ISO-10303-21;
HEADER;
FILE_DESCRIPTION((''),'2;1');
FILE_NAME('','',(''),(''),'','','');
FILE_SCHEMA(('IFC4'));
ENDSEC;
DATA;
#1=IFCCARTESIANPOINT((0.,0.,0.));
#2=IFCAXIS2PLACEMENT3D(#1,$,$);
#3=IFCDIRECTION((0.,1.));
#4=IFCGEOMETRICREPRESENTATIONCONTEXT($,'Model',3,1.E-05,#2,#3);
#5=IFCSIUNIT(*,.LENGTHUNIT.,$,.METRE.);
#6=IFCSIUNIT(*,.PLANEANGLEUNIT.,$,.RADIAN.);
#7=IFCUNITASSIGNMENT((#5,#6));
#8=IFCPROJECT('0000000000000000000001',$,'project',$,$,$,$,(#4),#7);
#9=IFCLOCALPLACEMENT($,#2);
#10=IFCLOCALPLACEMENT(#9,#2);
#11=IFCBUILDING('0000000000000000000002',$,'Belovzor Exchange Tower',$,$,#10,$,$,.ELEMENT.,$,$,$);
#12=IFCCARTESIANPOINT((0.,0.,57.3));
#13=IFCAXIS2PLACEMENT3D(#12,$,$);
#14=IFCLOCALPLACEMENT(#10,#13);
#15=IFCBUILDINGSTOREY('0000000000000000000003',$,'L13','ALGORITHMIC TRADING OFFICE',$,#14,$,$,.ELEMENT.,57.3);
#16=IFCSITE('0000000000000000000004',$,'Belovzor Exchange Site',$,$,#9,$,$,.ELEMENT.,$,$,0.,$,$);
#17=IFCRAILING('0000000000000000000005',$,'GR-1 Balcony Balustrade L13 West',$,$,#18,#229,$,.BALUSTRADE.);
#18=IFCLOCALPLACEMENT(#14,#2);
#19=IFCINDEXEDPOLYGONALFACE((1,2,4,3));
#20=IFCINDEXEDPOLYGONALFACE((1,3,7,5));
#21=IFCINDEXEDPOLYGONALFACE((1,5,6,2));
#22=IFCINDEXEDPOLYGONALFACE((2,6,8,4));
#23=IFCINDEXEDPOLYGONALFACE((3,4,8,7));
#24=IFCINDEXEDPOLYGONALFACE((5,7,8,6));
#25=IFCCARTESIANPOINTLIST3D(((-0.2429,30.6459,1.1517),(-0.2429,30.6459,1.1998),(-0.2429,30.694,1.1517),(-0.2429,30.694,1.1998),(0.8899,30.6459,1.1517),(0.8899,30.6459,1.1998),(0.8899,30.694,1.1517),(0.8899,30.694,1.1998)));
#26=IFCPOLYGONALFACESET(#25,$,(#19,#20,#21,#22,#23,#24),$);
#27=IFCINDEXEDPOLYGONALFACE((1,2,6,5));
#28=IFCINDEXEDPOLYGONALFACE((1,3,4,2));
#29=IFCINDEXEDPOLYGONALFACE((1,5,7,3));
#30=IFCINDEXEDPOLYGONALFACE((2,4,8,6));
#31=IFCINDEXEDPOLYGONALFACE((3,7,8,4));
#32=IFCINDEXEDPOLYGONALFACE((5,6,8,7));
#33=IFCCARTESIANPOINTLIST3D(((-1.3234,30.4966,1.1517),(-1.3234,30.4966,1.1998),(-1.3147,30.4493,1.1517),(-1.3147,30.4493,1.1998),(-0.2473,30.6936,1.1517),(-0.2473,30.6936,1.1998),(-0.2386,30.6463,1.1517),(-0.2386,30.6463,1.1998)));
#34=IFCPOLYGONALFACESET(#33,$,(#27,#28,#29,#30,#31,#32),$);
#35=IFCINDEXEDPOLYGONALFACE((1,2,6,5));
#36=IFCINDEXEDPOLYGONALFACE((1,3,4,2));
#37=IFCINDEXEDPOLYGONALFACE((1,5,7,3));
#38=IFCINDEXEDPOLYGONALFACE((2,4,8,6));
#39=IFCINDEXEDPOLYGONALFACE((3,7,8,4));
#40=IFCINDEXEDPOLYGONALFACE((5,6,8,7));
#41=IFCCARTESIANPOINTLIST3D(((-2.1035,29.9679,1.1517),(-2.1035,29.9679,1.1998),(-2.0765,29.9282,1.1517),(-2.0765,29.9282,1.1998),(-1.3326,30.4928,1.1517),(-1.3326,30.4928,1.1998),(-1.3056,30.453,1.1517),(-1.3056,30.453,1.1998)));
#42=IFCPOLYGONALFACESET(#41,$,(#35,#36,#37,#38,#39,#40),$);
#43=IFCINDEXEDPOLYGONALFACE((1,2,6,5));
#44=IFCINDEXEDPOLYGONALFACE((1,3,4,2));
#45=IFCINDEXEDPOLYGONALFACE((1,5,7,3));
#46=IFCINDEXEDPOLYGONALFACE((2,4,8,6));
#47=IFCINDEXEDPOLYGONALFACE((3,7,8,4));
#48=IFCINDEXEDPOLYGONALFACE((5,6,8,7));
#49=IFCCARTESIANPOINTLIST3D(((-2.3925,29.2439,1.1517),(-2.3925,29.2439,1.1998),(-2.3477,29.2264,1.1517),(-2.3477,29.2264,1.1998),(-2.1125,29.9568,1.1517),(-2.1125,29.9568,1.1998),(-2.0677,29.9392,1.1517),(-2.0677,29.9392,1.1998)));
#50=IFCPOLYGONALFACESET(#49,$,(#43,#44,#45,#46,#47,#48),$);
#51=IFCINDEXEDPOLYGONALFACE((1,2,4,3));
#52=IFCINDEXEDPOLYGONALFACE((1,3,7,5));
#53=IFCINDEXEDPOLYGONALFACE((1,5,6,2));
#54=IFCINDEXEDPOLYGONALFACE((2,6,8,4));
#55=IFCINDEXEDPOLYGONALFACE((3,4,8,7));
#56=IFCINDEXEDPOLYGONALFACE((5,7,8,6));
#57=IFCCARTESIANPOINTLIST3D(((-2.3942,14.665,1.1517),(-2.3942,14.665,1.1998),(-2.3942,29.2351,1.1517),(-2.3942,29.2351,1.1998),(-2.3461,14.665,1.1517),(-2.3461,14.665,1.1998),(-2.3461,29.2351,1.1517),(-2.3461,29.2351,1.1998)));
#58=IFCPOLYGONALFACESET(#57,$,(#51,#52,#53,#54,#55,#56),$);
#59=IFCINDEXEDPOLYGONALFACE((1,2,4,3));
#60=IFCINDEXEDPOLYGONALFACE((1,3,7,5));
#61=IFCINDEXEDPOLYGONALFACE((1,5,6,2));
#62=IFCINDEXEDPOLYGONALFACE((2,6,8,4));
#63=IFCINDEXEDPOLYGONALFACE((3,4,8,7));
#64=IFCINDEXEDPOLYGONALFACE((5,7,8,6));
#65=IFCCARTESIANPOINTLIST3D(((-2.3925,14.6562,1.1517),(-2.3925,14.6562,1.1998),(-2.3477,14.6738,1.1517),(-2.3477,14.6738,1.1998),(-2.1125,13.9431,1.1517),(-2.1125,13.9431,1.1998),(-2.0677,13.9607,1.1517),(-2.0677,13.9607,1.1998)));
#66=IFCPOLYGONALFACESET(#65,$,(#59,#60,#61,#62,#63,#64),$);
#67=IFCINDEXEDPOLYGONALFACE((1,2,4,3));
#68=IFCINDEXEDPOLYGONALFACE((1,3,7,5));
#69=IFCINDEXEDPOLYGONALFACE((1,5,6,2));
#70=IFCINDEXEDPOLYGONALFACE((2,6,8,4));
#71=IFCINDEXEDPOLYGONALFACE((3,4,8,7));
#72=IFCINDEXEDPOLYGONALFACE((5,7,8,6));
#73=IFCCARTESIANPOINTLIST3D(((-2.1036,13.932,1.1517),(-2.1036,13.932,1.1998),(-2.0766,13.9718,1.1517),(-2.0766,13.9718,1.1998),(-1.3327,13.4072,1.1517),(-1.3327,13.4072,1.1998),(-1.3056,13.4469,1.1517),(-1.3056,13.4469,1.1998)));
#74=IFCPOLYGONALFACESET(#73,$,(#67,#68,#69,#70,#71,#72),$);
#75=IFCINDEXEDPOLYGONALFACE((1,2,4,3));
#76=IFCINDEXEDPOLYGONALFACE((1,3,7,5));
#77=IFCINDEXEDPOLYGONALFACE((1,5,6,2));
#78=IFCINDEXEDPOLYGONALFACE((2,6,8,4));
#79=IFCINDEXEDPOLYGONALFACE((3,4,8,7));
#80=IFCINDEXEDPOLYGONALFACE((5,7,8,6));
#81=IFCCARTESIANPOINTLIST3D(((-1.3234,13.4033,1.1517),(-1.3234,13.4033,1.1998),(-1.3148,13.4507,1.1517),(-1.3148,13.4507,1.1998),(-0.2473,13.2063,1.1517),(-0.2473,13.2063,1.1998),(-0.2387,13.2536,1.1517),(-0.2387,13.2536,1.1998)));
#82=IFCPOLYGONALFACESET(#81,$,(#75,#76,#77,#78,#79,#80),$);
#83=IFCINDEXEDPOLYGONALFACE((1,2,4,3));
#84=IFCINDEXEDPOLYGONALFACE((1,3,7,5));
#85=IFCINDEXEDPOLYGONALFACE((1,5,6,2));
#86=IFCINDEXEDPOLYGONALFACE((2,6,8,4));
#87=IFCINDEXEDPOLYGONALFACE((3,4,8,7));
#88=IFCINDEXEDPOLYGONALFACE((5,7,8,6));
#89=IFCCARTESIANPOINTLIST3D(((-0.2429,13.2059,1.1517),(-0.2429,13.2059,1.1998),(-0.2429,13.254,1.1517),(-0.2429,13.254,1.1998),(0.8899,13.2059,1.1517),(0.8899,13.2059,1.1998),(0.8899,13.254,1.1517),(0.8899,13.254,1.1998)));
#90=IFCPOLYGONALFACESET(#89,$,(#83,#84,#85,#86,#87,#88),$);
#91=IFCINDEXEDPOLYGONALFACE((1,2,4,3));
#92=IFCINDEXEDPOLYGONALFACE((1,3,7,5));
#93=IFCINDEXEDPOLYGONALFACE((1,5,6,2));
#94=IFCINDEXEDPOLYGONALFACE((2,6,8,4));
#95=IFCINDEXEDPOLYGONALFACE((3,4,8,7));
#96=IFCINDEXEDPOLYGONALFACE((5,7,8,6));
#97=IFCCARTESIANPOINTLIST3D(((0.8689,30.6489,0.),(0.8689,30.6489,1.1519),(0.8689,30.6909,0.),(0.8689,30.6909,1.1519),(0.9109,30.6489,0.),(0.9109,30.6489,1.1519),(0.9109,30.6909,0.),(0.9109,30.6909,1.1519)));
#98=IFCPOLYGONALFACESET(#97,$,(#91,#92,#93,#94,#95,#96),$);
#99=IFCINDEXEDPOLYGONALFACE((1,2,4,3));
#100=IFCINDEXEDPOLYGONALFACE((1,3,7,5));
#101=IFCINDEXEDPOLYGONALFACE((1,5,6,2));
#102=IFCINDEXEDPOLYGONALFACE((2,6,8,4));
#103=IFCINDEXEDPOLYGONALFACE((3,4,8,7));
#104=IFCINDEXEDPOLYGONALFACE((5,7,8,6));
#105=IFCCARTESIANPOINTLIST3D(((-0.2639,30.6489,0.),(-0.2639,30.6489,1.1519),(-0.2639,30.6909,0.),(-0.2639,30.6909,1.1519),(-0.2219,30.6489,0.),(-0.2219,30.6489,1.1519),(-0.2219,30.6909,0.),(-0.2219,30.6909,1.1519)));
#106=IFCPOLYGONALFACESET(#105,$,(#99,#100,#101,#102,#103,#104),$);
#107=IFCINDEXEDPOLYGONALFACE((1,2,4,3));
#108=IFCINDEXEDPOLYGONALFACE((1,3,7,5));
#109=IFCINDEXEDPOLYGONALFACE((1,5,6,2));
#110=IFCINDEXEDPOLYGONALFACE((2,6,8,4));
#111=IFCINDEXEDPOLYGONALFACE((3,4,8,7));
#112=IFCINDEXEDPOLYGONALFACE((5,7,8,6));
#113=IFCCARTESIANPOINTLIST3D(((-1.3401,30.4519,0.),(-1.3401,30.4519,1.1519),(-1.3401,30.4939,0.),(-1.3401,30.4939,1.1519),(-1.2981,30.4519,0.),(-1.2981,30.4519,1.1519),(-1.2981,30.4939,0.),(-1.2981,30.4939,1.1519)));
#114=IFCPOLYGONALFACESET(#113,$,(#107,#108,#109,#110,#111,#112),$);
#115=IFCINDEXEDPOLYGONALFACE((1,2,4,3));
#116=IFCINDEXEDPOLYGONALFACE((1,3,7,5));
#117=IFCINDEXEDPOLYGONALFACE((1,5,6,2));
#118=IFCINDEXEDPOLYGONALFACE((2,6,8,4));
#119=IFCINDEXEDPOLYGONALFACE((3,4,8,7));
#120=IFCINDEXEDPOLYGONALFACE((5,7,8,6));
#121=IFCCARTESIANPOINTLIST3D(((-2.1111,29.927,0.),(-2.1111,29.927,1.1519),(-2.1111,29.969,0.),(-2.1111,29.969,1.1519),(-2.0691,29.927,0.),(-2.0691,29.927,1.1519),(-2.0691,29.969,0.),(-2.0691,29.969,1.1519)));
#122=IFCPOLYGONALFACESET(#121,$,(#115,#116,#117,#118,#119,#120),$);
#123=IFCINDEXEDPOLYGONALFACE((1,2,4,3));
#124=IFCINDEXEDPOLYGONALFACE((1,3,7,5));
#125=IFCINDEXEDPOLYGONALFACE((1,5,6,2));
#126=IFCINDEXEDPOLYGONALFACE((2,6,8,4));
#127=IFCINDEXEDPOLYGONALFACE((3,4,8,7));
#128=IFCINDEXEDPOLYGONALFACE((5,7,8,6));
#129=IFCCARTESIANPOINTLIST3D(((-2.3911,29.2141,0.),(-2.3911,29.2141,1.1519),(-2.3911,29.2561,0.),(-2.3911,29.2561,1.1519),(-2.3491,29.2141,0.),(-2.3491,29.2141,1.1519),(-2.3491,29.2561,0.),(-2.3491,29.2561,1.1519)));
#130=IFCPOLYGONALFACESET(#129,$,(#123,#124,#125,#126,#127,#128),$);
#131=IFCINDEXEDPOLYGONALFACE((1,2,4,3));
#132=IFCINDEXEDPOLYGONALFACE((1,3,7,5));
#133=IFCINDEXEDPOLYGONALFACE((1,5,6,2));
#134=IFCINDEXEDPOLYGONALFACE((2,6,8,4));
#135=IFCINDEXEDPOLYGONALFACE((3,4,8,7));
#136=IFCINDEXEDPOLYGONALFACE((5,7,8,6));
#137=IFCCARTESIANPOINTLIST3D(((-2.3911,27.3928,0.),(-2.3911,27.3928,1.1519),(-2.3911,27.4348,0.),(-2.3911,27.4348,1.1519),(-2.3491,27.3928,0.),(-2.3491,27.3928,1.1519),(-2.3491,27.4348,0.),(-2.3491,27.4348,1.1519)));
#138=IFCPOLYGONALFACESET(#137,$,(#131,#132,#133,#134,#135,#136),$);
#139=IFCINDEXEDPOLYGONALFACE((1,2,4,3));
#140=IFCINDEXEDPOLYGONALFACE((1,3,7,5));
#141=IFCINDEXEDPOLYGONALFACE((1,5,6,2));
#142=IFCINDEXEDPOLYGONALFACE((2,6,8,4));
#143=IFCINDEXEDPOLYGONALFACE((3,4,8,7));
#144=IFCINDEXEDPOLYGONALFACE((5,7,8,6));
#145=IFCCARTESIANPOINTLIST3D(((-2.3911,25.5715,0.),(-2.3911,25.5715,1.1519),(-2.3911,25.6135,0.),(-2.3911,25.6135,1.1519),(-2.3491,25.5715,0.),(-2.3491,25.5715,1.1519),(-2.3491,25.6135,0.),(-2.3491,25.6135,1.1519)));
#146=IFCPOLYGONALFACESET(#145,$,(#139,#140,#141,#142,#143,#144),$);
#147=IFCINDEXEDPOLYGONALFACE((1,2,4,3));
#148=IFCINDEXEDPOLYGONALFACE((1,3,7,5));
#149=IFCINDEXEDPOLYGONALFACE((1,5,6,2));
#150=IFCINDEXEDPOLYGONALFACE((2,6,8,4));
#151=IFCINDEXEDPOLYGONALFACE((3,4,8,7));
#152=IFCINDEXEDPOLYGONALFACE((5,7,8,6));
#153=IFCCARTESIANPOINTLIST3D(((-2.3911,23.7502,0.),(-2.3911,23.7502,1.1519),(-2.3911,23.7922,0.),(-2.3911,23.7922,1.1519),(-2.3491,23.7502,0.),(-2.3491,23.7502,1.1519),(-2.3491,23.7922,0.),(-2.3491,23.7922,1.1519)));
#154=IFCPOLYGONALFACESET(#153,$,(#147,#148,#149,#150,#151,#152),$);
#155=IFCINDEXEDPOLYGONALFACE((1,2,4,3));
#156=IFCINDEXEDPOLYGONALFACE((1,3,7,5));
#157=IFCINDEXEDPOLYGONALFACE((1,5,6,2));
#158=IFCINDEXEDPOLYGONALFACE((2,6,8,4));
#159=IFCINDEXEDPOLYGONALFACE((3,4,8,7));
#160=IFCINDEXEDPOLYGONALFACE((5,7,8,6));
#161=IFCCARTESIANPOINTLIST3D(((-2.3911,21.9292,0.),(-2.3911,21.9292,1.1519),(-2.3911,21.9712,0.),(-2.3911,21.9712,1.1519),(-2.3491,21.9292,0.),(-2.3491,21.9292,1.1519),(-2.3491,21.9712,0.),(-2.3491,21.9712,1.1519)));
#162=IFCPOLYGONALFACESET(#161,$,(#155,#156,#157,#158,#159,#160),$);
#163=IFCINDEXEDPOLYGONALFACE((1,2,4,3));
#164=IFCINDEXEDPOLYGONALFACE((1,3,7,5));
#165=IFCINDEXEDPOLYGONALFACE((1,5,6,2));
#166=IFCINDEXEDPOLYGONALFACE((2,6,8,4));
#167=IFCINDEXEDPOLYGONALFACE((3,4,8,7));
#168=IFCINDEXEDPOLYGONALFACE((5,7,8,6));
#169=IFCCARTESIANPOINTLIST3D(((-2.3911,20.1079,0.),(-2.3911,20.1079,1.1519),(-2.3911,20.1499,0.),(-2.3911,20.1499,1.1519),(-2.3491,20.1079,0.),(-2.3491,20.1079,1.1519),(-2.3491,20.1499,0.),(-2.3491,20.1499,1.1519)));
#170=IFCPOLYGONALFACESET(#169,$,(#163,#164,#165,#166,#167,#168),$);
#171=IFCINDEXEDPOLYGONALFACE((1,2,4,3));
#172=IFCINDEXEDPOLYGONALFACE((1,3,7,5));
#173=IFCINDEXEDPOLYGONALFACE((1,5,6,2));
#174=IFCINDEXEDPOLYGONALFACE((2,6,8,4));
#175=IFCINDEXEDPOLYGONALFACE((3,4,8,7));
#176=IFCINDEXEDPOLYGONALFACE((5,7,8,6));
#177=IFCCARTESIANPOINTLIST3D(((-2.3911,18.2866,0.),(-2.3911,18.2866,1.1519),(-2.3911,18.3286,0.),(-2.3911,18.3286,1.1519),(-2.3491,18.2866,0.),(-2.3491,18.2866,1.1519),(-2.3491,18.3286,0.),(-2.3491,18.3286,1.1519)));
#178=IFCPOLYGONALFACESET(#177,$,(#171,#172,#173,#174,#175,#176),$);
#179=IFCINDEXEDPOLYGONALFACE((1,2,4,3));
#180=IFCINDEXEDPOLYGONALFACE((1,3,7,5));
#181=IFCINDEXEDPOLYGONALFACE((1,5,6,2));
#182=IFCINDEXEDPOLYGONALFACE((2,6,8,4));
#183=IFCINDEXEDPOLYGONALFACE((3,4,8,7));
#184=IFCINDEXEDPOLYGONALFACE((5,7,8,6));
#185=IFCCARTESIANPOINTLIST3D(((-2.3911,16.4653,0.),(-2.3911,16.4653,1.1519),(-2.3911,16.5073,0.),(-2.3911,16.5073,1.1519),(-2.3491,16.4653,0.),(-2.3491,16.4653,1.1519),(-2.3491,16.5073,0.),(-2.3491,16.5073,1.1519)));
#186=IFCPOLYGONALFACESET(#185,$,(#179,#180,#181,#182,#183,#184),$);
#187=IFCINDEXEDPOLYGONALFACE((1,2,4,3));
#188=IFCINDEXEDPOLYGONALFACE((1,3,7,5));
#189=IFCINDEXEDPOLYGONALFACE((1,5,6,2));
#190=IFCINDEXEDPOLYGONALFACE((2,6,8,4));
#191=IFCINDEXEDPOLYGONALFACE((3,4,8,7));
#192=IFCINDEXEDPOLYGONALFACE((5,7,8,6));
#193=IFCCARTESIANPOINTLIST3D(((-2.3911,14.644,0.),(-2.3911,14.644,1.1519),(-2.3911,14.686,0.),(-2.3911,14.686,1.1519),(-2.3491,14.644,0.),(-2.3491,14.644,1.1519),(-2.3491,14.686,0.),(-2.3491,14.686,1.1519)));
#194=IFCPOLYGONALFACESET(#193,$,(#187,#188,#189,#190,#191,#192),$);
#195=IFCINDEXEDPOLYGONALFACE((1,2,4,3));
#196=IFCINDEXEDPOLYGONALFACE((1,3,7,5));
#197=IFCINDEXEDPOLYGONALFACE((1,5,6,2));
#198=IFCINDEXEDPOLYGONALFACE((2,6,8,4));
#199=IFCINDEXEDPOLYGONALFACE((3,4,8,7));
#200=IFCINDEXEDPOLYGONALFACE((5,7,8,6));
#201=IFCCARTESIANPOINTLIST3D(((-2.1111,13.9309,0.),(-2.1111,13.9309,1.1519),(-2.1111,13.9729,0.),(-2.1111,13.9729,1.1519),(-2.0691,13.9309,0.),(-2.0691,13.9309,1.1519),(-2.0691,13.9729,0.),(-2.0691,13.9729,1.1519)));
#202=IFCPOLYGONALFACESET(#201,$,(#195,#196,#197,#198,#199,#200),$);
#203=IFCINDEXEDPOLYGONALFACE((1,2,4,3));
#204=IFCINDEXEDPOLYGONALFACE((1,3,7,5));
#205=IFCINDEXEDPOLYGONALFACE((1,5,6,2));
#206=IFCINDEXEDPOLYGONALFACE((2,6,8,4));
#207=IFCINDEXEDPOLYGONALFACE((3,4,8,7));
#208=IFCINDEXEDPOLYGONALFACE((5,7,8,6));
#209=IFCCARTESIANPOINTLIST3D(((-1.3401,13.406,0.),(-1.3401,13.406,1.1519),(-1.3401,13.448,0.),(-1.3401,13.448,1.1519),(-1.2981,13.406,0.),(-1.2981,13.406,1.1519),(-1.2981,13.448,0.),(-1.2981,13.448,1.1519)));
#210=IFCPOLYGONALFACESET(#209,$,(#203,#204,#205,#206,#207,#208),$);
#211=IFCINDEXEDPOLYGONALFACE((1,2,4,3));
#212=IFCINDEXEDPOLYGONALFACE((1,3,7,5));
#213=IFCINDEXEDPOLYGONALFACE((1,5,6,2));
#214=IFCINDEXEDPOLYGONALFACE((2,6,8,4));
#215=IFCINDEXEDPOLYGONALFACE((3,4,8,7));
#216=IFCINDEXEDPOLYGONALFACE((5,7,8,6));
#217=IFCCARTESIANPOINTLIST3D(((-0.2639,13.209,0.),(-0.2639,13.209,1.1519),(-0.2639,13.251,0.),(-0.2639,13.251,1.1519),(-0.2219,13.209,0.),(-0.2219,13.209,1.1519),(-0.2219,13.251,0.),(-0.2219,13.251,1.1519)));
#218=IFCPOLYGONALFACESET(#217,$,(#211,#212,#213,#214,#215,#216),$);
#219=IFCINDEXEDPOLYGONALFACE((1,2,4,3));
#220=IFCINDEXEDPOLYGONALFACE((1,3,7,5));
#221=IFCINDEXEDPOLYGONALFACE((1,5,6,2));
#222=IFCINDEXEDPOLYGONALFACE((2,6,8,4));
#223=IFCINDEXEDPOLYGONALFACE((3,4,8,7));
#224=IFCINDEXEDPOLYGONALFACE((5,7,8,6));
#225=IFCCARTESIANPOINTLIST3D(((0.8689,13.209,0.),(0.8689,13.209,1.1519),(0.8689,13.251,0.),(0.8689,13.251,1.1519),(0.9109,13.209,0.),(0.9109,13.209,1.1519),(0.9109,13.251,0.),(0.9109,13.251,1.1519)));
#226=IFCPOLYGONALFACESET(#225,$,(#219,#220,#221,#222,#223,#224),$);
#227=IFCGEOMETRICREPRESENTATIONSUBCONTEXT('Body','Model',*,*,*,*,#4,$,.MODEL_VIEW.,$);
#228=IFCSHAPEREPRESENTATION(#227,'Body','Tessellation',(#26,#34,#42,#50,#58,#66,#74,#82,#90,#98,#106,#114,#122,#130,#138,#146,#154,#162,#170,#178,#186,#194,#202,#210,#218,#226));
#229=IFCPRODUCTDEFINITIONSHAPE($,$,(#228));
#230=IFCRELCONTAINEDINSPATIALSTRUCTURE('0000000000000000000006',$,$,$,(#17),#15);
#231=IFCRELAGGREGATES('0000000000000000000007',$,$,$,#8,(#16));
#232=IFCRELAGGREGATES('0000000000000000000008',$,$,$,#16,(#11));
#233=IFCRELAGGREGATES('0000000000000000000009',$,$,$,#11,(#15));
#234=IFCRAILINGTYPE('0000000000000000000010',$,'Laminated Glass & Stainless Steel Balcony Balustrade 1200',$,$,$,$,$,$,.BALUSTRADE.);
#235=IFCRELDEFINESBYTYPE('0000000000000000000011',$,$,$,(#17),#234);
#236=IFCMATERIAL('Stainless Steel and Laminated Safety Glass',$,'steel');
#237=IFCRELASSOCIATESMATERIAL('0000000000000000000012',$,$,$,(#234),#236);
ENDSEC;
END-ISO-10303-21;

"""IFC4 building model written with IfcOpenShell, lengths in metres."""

from ifc_helpers import new_model, si_unit, direction, frame, origin, origin_2d, place, context, subcontext, project, spatial, rectangle, extrude, material, type_object, element, save


model = new_model("IFC4")

# Units and contexts
model_context = context("Model", 3, precision=1e-05, world=origin(), true_north=direction((0.0, 1.0)))
body_context = subcontext(model_context, "Body", "Model", "MODEL_VIEW")
ifc_project = project(units=[si_unit("LENGTHUNIT", "METRE"), si_unit("PLANEANGLEUNIT", "RADIAN")], contexts=[model_context])

# Site, building, storey
site_placement = place(None, origin())
site = spatial("IfcSite", under=ifc_project, at=site_placement, Name="Belovzor Exchange Site", CompositionType="ELEMENT", RefElevation=0.0)
building_placement = place(site_placement, origin())
building = spatial("IfcBuilding", under=site, at=building_placement, Name="Belovzor Exchange Tower", CompositionType="ELEMENT")
storey_placement = place(building_placement, frame((0.0, 0.0, 57.3)))
storey = spatial("IfcBuildingStorey", under=building, at=storey_placement, Name="L13", Description="ALGORITHMIC TRADING OFFICE", CompositionType="ELEMENT", Elevation=57.3)

# Railing
ifc_material_1 = material(Name="Stainless Steel and Laminated Safety Glass", Category="steel")
railing_type = type_object("IfcRailingType", Name="Laminated Glass & Stainless Steel Balcony Balustrade 1200", PredefinedType="BALUSTRADE", material=ifc_material_1)
railing_placement = place(storey_placement, frame((0.8899, 30.6699, 0.0)))
element("IfcRailing", 1, at=railing_placement, inside=storey, type_object=railing_type, Name="GR-1 Balcony Balustrade L13 West", PredefinedType="BALUSTRADE", context=body_context, shape_type="SweptSolid", body=[
    extrude(rectangle(XDim=0.0481, YDim=0.0481, at=origin_2d()), frame((0.0, 0.0, 1.1758), z_axis=(-1.0, 0.0, 0.0), x_axis=(0.0, -1.0, 0.0)), (0.0, 0.0, 1.0), 1.1328),
    extrude(rectangle(XDim=0.0481, YDim=0.0481, at=origin_2d()), frame((-1.1328, 0.0, 1.1758), z_axis=(-0.983651, -0.180083, 0.0), x_axis=(0.180083, -0.983651, 0.0)), (0.0, 0.0, 1.0), 1.094),
    extrude(rectangle(XDim=0.0481, YDim=0.0481, at=origin_2d()), frame((-2.209, -0.197, 1.1758), z_axis=(-0.826615, -0.562768, 0.0), x_axis=(0.562768, -0.826615, 0.0)), (0.0, 0.0, 1.0), 0.9326),
    extrude(rectangle(XDim=0.0481, YDim=0.0481, at=origin_2d()), frame((-2.98, -0.7219, 1.1758), z_axis=(-0.365613, -0.930767, 0.0), x_axis=(0.930767, -0.365613, 0.0)), (0.0, 0.0, 1.0), 0.7659),
    extrude(rectangle(XDim=0.0481, YDim=0.0481, at=origin_2d()), frame((-3.26, -1.4348, 1.1758), z_axis=(0.0, -1.0, 0.0), x_axis=(1.0, 0.0, 0.0)), (0.0, 0.0, 1.0), 14.5701),
    extrude(rectangle(XDim=0.0481, YDim=0.0481, at=origin_2d()), frame((-3.26, -16.0049, 1.1758), z_axis=(0.365504, -0.93081, 0.0), x_axis=(0.93081, 0.365504, 0.0)), (0.0, 0.0, 1.0), 0.7661),
    extrude(rectangle(XDim=0.0481, YDim=0.0481, at=origin_2d()), frame((-2.98, -16.718, 1.1758), z_axis=(0.826615, -0.562768, 0.0), x_axis=(0.562768, 0.826615, 0.0)), (0.0, 0.0, 1.0), 0.9326),
    extrude(rectangle(XDim=0.0481, YDim=0.0481, at=origin_2d()), frame((-2.209, -17.2429, 1.1758), z_axis=(0.983651, -0.180083, 0.0), x_axis=(0.180083, 0.983651, 0.0)), (0.0, 0.0, 1.0), 1.094),
    extrude(rectangle(XDim=0.0481, YDim=0.0481, at=origin_2d()), frame((-1.1328, -17.4399, 1.1758), z_axis=(1.0, 0.0, 0.0), x_axis=(0.0, 1.0, 0.0)), (0.0, 0.0, 1.0), 1.1328),
    extrude(rectangle(XDim=0.042, YDim=0.042, at=origin_2d()), origin(), (0.0, 0.0, 1.0), 1.1519),
    extrude(rectangle(XDim=0.042, YDim=0.042, at=origin_2d()), frame((-1.1328, 0.0, 0.0)), (0.0, 0.0, 1.0), 1.1519),
    extrude(rectangle(XDim=0.042, YDim=0.042, at=origin_2d()), frame((-2.209, -0.197, 0.0)), (0.0, 0.0, 1.0), 1.1519),
    extrude(rectangle(XDim=0.042, YDim=0.042, at=origin_2d()), frame((-2.98, -0.7219, 0.0)), (0.0, 0.0, 1.0), 1.1519),
    extrude(rectangle(XDim=0.042, YDim=0.042, at=origin_2d()), frame((-3.26, -1.4348, 0.0)), (0.0, 0.0, 1.0), 1.1519),
    extrude(rectangle(XDim=0.042, YDim=0.042, at=origin_2d()), frame((-3.26, -3.2561, 0.0)), (0.0, 0.0, 1.0), 1.1519),
    extrude(rectangle(XDim=0.042, YDim=0.042, at=origin_2d()), frame((-3.26, -5.0774, 0.0)), (0.0, 0.0, 1.0), 1.1519),
    extrude(rectangle(XDim=0.042, YDim=0.042, at=origin_2d()), frame((-3.26, -6.8987, 0.0)), (0.0, 0.0, 1.0), 1.1519),
    extrude(rectangle(XDim=0.042, YDim=0.042, at=origin_2d()), frame((-3.26, -8.7197, 0.0)), (0.0, 0.0, 1.0), 1.1519),
    extrude(rectangle(XDim=0.042, YDim=0.042, at=origin_2d()), frame((-3.26, -10.541, 0.0)), (0.0, 0.0, 1.0), 1.1519),
    extrude(rectangle(XDim=0.042, YDim=0.042, at=origin_2d()), frame((-3.26, -12.3623, 0.0)), (0.0, 0.0, 1.0), 1.1519),
    extrude(rectangle(XDim=0.042, YDim=0.042, at=origin_2d()), frame((-3.26, -14.1836, 0.0)), (0.0, 0.0, 1.0), 1.1519),
    extrude(rectangle(XDim=0.042, YDim=0.042, at=origin_2d()), frame((-3.26, -16.0049, 0.0)), (0.0, 0.0, 1.0), 1.1519),
    extrude(rectangle(XDim=0.042, YDim=0.042, at=origin_2d()), frame((-2.98, -16.718, 0.0)), (0.0, 0.0, 1.0), 1.1519),
    extrude(rectangle(XDim=0.042, YDim=0.042, at=origin_2d()), frame((-2.209, -17.2429, 0.0)), (0.0, 0.0, 1.0), 1.1519),
    extrude(rectangle(XDim=0.042, YDim=0.042, at=origin_2d()), frame((-1.1328, -17.4399, 0.0)), (0.0, 0.0, 1.0), 1.1519),
    extrude(rectangle(XDim=0.042, YDim=0.042, at=origin_2d()), frame((0.0, -17.4399, 0.0)), (0.0, 0.0, 1.0), 1.1519),
])

save(model, "model.ifc")
